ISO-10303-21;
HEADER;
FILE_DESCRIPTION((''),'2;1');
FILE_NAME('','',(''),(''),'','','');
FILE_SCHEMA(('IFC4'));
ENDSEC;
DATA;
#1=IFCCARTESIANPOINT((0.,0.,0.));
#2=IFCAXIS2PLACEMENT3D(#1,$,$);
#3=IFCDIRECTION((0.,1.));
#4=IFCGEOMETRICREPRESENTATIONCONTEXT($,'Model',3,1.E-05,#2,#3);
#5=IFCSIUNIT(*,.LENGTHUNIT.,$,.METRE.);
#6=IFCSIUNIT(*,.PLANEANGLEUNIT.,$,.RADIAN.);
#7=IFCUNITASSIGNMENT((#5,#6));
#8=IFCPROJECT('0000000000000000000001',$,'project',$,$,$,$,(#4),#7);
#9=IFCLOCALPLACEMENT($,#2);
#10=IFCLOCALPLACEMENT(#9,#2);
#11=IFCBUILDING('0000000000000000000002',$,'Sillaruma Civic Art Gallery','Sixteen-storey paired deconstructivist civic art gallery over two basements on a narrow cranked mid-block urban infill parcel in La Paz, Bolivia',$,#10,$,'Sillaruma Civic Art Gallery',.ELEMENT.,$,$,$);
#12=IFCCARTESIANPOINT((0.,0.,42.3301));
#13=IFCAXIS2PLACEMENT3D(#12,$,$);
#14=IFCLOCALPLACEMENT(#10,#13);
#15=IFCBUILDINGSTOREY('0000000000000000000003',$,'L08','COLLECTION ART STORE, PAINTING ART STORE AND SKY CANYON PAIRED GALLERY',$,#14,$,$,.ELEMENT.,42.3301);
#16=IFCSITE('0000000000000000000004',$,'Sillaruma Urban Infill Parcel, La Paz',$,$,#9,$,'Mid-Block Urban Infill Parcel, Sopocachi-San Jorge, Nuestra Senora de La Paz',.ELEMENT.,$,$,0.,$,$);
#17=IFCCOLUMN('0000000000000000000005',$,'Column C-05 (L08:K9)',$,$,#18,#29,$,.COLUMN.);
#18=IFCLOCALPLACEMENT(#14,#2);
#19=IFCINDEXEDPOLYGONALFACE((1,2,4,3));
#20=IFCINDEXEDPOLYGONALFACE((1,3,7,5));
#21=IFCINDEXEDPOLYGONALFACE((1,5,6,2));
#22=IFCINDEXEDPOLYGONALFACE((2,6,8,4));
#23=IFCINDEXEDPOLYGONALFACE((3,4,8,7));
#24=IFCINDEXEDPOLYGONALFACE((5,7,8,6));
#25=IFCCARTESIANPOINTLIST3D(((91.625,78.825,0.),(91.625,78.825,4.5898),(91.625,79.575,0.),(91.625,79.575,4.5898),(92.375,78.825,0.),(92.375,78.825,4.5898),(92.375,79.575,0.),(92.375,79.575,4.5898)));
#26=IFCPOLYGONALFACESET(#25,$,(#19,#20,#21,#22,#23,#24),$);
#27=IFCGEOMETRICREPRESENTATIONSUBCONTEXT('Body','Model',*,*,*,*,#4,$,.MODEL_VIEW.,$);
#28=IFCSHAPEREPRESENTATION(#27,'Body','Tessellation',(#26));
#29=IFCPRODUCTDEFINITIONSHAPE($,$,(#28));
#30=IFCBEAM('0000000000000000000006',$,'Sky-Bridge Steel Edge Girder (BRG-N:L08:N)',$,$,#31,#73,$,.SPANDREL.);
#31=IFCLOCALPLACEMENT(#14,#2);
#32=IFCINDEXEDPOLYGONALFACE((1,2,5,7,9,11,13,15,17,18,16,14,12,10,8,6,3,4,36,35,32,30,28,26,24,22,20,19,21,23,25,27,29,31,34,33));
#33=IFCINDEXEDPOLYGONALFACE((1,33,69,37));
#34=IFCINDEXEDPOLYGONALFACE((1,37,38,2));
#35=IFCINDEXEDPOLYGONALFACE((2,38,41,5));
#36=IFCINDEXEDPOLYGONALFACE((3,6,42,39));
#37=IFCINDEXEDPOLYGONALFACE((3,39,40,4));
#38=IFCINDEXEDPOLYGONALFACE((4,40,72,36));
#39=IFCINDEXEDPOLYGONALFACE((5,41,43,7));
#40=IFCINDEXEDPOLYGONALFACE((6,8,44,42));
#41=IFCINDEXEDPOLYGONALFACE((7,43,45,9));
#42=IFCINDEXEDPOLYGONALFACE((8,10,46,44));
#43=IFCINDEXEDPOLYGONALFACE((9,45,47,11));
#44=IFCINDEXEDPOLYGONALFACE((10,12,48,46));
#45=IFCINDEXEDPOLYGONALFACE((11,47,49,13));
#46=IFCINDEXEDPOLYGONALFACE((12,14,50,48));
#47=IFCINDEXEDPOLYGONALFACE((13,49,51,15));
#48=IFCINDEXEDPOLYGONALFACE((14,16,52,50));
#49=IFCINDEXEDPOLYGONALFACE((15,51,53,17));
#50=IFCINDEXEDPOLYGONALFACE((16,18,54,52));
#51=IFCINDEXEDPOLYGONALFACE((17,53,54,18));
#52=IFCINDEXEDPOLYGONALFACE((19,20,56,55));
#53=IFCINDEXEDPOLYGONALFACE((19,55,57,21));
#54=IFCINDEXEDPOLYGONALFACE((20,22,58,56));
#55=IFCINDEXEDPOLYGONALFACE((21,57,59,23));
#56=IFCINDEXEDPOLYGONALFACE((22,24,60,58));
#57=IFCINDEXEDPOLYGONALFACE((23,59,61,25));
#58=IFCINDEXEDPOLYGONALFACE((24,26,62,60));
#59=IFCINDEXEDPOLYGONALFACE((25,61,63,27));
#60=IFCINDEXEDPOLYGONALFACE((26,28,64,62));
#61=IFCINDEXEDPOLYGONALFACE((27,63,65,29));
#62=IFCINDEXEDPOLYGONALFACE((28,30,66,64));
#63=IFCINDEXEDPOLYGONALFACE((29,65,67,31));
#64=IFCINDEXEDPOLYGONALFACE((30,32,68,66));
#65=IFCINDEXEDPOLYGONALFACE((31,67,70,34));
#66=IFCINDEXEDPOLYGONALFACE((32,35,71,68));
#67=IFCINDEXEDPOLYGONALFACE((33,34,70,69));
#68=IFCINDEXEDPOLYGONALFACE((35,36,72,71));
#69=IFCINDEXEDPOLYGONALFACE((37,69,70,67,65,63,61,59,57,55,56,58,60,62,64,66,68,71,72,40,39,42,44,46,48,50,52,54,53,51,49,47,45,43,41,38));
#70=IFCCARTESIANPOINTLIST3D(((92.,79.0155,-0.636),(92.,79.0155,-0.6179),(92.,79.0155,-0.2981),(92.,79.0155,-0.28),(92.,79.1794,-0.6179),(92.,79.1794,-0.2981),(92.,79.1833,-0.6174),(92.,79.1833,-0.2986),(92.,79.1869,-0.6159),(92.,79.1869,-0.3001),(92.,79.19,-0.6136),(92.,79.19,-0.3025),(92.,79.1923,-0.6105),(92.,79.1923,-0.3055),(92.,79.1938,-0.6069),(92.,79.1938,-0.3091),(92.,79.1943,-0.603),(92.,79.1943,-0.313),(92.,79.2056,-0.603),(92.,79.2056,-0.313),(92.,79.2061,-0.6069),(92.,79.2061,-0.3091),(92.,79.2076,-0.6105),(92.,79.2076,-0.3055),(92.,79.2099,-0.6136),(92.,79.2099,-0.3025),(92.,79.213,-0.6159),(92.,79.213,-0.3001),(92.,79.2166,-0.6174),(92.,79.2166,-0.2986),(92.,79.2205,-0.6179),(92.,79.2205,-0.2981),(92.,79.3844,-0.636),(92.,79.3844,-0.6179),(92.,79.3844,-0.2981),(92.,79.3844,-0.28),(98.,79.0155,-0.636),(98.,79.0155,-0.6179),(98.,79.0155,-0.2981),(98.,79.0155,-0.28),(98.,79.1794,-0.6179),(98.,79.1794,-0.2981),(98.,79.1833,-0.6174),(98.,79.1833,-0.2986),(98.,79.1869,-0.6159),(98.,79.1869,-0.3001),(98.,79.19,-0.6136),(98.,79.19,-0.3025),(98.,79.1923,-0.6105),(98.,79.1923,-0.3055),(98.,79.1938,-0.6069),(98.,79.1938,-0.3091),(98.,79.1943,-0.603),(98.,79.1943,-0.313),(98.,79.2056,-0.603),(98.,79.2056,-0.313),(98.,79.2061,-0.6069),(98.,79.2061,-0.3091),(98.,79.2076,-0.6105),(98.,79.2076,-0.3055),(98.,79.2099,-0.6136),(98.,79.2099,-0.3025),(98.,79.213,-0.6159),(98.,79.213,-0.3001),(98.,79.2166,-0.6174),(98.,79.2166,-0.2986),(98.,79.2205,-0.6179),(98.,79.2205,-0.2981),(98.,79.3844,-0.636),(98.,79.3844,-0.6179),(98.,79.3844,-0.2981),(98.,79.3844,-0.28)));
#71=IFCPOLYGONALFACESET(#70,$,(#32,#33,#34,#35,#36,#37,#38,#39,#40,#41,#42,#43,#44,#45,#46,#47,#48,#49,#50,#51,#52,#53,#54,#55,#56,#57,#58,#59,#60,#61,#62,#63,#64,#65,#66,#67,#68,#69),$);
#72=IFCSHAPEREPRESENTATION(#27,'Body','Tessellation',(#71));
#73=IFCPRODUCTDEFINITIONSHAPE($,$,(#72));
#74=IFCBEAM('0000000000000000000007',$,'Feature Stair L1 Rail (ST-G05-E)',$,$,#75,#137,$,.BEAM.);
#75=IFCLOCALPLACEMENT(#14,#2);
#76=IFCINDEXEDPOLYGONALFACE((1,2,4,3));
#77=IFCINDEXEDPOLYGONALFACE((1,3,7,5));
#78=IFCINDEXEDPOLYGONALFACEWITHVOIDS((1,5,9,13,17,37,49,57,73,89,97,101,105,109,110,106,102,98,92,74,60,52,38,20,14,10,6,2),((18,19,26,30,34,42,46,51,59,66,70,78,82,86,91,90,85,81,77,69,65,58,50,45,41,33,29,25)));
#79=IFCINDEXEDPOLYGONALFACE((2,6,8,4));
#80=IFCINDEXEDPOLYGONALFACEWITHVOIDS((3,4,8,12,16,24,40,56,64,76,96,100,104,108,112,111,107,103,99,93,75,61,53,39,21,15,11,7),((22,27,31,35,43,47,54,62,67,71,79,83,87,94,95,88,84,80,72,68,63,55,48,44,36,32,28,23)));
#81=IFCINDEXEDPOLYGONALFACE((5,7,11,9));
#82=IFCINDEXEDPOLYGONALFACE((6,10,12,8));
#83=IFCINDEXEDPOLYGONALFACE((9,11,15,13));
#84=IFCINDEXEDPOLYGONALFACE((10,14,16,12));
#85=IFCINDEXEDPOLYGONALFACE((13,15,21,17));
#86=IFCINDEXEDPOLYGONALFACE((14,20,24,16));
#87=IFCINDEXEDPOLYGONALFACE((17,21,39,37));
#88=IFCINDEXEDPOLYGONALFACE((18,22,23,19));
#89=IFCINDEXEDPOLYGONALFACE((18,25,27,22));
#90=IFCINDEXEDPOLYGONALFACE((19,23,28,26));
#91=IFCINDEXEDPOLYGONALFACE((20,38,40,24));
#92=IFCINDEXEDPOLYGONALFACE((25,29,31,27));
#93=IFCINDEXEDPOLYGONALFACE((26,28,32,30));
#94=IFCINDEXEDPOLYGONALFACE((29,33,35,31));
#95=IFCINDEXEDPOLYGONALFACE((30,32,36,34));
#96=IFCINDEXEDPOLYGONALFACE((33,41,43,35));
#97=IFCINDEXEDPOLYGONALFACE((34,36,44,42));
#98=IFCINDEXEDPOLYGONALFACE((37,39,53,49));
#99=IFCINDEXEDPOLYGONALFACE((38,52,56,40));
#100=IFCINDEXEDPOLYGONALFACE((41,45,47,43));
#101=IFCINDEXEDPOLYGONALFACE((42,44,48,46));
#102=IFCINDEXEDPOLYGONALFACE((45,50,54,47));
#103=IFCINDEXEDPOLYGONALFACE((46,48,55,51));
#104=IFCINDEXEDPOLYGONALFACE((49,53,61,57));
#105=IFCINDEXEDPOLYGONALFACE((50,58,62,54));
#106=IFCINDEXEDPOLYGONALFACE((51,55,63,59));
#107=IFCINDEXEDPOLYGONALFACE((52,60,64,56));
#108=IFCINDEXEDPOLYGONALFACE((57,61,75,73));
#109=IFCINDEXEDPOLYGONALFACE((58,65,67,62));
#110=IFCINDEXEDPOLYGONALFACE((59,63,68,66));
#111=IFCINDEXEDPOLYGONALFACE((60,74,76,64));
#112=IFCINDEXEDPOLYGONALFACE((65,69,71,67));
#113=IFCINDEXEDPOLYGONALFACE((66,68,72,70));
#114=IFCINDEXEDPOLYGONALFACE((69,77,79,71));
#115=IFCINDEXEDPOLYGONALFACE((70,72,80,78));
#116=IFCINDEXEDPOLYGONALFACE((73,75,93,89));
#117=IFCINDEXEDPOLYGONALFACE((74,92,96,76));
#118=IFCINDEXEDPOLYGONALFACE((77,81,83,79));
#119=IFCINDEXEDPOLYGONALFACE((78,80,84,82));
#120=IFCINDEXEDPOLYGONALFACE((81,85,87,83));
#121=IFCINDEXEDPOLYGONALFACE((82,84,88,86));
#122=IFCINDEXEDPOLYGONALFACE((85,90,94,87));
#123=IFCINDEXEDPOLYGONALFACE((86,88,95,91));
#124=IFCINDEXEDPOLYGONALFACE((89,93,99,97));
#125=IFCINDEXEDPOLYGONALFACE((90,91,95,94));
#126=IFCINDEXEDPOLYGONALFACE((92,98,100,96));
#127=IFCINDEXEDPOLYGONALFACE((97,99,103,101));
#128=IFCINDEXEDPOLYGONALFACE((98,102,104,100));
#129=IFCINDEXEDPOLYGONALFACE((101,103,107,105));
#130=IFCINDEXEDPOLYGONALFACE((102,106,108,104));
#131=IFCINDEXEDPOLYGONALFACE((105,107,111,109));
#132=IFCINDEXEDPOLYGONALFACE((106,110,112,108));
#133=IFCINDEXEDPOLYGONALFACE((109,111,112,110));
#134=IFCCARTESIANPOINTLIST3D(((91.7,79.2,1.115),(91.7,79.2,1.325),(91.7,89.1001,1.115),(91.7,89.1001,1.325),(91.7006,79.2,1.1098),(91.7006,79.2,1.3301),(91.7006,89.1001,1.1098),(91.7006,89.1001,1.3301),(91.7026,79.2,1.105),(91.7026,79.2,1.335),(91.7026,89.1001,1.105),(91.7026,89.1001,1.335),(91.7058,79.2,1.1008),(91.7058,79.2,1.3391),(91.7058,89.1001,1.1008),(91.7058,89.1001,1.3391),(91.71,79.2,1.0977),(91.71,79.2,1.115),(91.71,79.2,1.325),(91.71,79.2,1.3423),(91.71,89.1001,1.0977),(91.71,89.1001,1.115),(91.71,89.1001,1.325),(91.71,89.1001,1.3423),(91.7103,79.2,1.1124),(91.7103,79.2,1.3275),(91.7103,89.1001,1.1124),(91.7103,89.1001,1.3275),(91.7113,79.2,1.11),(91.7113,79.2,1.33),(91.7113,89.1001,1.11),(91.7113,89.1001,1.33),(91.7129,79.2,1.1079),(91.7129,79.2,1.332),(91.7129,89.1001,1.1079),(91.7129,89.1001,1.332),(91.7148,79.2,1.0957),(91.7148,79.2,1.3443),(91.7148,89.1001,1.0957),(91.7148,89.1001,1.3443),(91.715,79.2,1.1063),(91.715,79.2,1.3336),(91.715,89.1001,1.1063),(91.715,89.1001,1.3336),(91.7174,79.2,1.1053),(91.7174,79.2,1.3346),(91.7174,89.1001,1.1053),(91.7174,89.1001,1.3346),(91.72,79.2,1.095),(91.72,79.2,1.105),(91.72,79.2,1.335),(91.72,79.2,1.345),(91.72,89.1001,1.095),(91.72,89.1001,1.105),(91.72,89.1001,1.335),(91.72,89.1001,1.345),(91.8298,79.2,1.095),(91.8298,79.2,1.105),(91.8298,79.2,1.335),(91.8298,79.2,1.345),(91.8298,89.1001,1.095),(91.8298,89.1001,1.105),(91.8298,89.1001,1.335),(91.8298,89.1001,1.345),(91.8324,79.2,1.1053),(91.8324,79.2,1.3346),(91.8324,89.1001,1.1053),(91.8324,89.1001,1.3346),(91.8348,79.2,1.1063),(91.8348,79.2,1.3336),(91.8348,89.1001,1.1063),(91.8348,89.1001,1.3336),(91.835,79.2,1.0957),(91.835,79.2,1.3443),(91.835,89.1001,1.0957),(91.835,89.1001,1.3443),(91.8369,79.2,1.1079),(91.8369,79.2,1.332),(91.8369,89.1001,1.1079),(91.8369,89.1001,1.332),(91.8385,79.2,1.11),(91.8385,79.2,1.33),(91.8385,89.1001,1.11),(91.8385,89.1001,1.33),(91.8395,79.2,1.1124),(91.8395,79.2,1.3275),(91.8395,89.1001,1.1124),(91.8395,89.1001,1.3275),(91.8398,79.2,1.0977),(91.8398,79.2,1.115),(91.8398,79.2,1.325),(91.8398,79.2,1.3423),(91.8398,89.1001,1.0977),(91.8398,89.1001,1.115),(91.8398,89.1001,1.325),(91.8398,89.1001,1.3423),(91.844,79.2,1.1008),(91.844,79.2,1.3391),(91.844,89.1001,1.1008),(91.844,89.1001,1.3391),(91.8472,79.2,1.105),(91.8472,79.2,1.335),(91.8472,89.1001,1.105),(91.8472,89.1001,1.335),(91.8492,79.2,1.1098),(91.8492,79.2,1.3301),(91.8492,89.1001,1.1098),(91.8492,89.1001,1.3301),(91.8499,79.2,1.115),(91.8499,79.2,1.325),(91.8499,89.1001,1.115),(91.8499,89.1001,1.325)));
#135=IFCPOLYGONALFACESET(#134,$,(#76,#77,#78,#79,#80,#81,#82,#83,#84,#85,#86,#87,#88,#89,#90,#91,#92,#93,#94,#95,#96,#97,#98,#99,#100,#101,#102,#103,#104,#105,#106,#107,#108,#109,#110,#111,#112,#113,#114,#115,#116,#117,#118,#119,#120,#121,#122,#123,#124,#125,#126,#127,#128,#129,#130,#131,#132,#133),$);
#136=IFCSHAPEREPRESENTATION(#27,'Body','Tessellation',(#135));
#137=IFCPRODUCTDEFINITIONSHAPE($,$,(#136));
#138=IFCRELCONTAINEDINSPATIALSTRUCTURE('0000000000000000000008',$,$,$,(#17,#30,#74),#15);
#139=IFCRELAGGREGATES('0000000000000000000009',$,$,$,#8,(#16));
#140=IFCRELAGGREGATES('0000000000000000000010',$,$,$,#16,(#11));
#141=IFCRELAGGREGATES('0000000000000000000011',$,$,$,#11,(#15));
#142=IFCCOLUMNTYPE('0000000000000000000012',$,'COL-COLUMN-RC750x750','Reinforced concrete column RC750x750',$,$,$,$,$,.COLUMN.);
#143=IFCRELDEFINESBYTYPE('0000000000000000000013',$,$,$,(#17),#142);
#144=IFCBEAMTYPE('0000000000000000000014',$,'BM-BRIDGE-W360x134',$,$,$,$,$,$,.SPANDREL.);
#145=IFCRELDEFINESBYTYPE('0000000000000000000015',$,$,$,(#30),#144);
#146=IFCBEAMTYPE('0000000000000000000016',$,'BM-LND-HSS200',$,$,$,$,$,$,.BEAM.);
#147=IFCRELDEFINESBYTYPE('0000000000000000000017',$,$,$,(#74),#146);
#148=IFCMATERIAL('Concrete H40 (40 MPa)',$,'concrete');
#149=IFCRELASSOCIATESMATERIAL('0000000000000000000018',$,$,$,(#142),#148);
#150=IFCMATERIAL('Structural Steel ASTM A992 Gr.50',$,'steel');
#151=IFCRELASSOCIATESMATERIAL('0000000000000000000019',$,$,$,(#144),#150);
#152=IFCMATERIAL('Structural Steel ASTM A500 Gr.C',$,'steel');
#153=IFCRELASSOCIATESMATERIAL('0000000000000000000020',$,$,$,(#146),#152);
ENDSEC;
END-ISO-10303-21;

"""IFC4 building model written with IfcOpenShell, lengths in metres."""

from ifc_helpers import new_model, si_unit, direction, frame, origin, origin_2d, place, context, subcontext, project, spatial, rectangle, hollow_rectangle, i_section, extrude, material, material_profile, profile_set, type_object, element, save


model = new_model("IFC4")

# Units and contexts
model_context = context("Model", 3, precision=1e-05, world=origin(), true_north=direction((0.0, 1.0)))
body_context = subcontext(model_context, "Body", "Model", "MODEL_VIEW")
ifc_project = project(units=[si_unit("LENGTHUNIT", "METRE"), si_unit("PLANEANGLEUNIT", "RADIAN")], contexts=[model_context])

# Site, building, storey
site_placement = place(None, origin())
site = spatial("IfcSite", under=ifc_project, at=site_placement, Name="Sillaruma Urban Infill Parcel, La Paz", LongName="Mid-Block Urban Infill Parcel, Sopocachi-San Jorge, Nuestra Senora de La Paz", CompositionType="ELEMENT", RefElevation=0.0)
building_placement = place(site_placement, origin())
building = spatial("IfcBuilding", under=site, at=building_placement, Name="Sillaruma Civic Art Gallery", Description="Sixteen-storey paired deconstructivist civic art gallery over two basements on a narrow cranked mid-block urban infill parcel in La Paz, Bolivia", LongName="Sillaruma Civic Art Gallery", CompositionType="ELEMENT")
storey_placement = place(building_placement, frame((0.0, 0.0, 42.3301)))
storey = spatial("IfcBuildingStorey", under=building, at=storey_placement, Name="L08", Description="COLLECTION ART STORE, PAINTING ART STORE AND SKY CANYON PAIRED GALLERY", CompositionType="ELEMENT", Elevation=42.3301)

# Column
ifc_material_1 = material(Name="Concrete H40 (40 MPa)", Category="concrete")
ifc_material_profile_1 = material_profile(ifc_material_1, rectangle(XDim=0.75, YDim=0.75, at=origin_2d()), Name="RC750x750")
ifc_profile_set_1 = profile_set([ifc_material_profile_1], Name="Concrete H40 (40 MPa)")
column_type = type_object("IfcColumnType", Name="COL-COLUMN-RC750x750", Description="Reinforced concrete column RC750x750", PredefinedType="COLUMN", material=ifc_profile_set_1)
column_placement = place(storey_placement, frame((92.0, 79.2, 0.0), z_axis=(0.0, 0.0, 1.0), x_axis=(1.0, 0.0, 0.0)))
element("IfcColumn", 1, at=column_placement, inside=storey, type_object=column_type, Name="Column C-05 (L08:K9)", PredefinedType="COLUMN", context=body_context, shape_type="SweptSolid", body=[
    extrude(rectangle(XDim=0.75, YDim=0.75, at=origin_2d()), origin(), (0.0, 0.0, 1.0), 4.5898),
])

# Beams
ifc_material_2 = material(Name="Structural Steel ASTM A992 Gr.50", Category="steel")
ifc_material_profile_2 = material_profile(ifc_material_2, i_section(OverallWidth=0.3689, OverallDepth=0.356, WebThickness=0.0112, FlangeThickness=0.0181, FilletRadius=0.0149, at=origin_2d()), Name="W360x134")
ifc_profile_set_2 = profile_set([ifc_material_profile_2], Name="Structural Steel ASTM A992 Gr.50")
beam_type_1 = type_object("IfcBeamType", Name="BM-BRIDGE-W360x134", PredefinedType="SPANDREL", material=ifc_profile_set_2)
beam_1_placement = place(storey_placement, frame((92.0, 79.2, -0.458), z_axis=(1.0, 0.0, 0.0), x_axis=(0.0, 1.0, 0.0)))
element("IfcBeam", 2, at=beam_1_placement, inside=storey, type_object=beam_type_1, Name="Sky-Bridge Steel Edge Girder (BRG-N:L08:N)", PredefinedType="SPANDREL", context=body_context, shape_type="SweptSolid", body=[
    extrude(i_section(OverallWidth=0.3689, OverallDepth=0.356, WebThickness=0.0112, FlangeThickness=0.0181, FilletRadius=0.0149, at=origin_2d()), origin(), (0.0, 0.0, 1.0), 6.0),
])
ifc_material_3 = material(Name="Structural Steel ASTM A500 Gr.C", Category="steel")
ifc_material_profile_3 = material_profile(ifc_material_3, hollow_rectangle(XDim=0.1499, YDim=0.25, WallThickness=0.01, InnerFilletRadius=0.01, OuterFilletRadius=0.02, at=origin_2d()), Name="HSS250x150x10")
ifc_profile_set_3 = profile_set([ifc_material_profile_3], Name="Structural Steel ASTM A500 Gr.C")
beam_type_2 = type_object("IfcBeamType", Name="BM-LND-HSS200", PredefinedType="BEAM", material=ifc_profile_set_3)
beam_2_placement = place(storey_placement, frame((91.7749, 79.2, 1.22), z_axis=(0.0, 1.0, 0.0), x_axis=(-1.0, 0.0, 0.0)))
element("IfcBeam", 3, at=beam_2_placement, inside=storey, type_object=beam_type_2, Name="Feature Stair L1 Rail (ST-G05-E)", PredefinedType="BEAM", context=body_context, shape_type="SweptSolid", body=[
    extrude(hollow_rectangle(XDim=0.1499, YDim=0.25, WallThickness=0.01, InnerFilletRadius=0.01, OuterFilletRadius=0.02, at=origin_2d()), origin(), (0.0, 0.0, 1.0), 9.9001),
])

save(model, "model.ifc")
